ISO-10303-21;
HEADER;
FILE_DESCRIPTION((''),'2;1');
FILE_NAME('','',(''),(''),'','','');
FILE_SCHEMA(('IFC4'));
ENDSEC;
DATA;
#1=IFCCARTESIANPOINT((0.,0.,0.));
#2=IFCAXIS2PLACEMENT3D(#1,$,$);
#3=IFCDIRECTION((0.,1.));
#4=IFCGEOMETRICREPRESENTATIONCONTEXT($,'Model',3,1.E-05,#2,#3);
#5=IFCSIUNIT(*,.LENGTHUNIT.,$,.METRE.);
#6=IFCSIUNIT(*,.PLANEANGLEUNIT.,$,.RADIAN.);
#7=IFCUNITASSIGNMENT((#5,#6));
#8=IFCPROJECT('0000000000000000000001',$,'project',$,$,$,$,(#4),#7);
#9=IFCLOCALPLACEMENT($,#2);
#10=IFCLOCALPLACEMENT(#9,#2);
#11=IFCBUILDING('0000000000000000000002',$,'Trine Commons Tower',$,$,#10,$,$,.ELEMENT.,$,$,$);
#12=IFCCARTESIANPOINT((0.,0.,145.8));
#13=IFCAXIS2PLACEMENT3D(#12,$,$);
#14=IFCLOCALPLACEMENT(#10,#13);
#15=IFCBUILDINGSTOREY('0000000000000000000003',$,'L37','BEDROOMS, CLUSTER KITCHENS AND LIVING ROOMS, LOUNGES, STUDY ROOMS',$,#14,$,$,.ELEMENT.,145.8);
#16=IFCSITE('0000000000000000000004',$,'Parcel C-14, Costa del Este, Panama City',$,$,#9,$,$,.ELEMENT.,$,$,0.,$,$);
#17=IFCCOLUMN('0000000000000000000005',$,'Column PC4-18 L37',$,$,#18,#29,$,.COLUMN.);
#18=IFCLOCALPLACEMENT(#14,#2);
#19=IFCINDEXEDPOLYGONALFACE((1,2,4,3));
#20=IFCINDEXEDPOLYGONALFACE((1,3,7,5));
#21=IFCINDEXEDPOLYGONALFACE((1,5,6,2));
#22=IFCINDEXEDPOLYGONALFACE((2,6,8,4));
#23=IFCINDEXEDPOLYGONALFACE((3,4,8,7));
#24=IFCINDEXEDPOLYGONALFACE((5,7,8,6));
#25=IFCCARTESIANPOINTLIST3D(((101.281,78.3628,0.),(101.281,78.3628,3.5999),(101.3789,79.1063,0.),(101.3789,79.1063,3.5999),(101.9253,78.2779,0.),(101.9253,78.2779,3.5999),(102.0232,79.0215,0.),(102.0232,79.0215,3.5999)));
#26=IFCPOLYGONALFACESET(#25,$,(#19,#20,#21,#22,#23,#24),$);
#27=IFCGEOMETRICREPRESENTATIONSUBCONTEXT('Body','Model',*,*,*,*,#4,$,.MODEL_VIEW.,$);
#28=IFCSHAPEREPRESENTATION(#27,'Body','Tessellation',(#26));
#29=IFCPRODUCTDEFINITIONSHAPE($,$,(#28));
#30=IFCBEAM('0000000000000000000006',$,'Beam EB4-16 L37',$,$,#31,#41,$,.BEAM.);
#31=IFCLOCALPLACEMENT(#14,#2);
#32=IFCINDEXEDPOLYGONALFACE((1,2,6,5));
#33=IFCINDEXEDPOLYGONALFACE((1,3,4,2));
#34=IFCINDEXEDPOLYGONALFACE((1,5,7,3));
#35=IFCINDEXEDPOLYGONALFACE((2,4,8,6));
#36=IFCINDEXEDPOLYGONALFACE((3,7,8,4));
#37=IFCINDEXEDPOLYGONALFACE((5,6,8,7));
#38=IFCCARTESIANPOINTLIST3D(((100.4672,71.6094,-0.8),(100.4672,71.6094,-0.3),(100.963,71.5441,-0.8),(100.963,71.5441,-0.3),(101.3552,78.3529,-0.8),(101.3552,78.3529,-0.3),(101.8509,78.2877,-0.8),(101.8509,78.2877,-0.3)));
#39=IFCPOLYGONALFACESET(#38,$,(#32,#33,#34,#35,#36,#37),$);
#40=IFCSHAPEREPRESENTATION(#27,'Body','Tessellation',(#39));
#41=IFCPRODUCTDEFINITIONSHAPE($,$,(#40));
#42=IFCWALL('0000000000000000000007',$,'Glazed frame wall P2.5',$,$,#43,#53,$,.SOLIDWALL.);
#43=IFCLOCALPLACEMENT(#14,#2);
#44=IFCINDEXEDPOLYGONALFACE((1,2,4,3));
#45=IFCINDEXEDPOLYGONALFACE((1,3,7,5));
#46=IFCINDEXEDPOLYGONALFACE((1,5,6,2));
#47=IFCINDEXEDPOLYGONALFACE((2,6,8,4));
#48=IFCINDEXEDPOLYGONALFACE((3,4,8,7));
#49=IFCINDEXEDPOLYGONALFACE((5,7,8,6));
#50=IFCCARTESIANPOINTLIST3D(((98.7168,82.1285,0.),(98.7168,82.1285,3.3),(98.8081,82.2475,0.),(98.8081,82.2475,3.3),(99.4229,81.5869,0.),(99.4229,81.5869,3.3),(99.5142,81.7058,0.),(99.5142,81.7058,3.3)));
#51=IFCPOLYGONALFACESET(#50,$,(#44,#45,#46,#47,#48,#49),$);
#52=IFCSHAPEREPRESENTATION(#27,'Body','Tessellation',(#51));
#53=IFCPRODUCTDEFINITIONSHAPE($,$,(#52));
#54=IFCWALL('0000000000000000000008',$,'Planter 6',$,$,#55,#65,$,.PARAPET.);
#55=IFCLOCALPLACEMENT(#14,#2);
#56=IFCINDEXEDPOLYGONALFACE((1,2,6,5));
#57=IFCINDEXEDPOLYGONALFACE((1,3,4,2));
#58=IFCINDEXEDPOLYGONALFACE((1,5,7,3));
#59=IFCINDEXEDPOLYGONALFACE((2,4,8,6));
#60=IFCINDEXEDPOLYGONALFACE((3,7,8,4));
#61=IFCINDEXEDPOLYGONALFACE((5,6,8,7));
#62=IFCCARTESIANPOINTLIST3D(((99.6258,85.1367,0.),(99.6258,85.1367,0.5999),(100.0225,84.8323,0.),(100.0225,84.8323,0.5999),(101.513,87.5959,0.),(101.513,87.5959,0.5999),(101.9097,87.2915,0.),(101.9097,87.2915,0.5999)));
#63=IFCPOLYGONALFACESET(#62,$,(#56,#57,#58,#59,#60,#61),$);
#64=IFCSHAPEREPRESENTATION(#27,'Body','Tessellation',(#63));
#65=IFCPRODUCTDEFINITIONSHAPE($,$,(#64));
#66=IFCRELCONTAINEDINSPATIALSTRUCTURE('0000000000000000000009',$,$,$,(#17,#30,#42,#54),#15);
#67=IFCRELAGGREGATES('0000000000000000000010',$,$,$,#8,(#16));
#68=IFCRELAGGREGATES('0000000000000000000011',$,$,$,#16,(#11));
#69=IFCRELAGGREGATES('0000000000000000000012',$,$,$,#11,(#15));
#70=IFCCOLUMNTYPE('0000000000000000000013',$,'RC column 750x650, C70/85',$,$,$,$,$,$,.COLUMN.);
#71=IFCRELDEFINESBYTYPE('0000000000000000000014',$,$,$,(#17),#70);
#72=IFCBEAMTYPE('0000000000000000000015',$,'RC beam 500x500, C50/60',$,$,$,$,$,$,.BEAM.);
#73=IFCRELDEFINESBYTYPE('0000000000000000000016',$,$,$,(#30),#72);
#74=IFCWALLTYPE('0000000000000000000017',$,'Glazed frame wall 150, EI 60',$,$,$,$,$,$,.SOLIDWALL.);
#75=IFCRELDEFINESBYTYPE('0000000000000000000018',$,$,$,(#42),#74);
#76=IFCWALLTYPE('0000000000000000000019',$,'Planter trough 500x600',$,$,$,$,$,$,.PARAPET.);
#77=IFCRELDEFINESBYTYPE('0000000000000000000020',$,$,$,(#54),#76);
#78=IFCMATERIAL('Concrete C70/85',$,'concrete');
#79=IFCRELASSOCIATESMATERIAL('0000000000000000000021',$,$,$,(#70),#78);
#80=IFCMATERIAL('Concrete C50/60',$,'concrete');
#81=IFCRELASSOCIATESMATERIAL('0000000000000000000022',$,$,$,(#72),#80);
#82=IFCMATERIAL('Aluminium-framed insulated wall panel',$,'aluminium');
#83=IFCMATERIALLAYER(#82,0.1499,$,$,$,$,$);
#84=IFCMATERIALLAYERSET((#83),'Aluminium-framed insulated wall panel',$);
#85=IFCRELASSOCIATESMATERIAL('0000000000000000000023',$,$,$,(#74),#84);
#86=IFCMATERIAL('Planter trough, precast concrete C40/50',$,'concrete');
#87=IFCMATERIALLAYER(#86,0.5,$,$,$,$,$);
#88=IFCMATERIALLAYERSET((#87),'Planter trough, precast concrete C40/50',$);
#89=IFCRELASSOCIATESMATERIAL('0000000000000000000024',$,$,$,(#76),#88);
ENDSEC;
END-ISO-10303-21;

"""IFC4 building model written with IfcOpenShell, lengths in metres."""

from ifc_helpers import new_model, si_unit, direction, frame, frame_2d, origin, origin_2d, place, context, subcontext, project, spatial, polyline, rectangle, outline, extrude, material, layer, layer_set, material_profile, profile_set, type_object, element, save


model = new_model("IFC4")

# Units and contexts
model_context = context("Model", 3, precision=1e-05, world=origin(), true_north=direction((0.0, 1.0)))
body_context = subcontext(model_context, "Body", "Model", "MODEL_VIEW")
ifc_project = project(units=[si_unit("LENGTHUNIT", "METRE"), si_unit("PLANEANGLEUNIT", "RADIAN")], contexts=[model_context])

# Site, building, storey
site_placement = place(None, origin())
site = spatial("IfcSite", under=ifc_project, at=site_placement, Name="Parcel C-14, Costa del Este, Panama City", CompositionType="ELEMENT", RefElevation=0.0)
building_placement = place(site_placement, origin())
building = spatial("IfcBuilding", under=site, at=building_placement, Name="Trine Commons Tower", CompositionType="ELEMENT")
storey_placement = place(building_placement, frame((0.0, 0.0, 145.8)))
storey = spatial("IfcBuildingStorey", under=building, at=storey_placement, Name="L37", Description="BEDROOMS, CLUSTER KITCHENS AND LIVING ROOMS, LOUNGES, STUDY ROOMS", CompositionType="ELEMENT", Elevation=145.8)

# Column
ifc_material_1 = material(Name="Concrete C70/85", Category="concrete")
ifc_material_profile_1 = material_profile(ifc_material_1, rectangle(XDim=0.75, YDim=0.6499, at=origin_2d()), Name="RC 750x650")
ifc_profile_set_1 = profile_set([ifc_material_profile_1], Name="Concrete C70/85")
column_type = type_object("IfcColumnType", Name="RC column 750x650, C70/85", PredefinedType="COLUMN", material=ifc_profile_set_1)
column_placement = place(storey_placement, frame((101.6521, 78.6921, 0.0), z_axis=(0.0, 0.0, 1.0), x_axis=(0.130526, 0.991445, 0.0)))
element("IfcColumn", 1, at=column_placement, inside=storey, type_object=column_type, Name="Column PC4-18 L37", PredefinedType="COLUMN", context=body_context, shape_type="SweptSolid", body=[
    extrude(rectangle(XDim=0.75, YDim=0.6499, at=origin_2d()), origin(), (0.0, 0.0, 1.0), 3.5999),
])

# Beam
ifc_material_2 = material(Name="Concrete C50/60", Category="concrete")
ifc_material_profile_2 = material_profile(ifc_material_2, rectangle(XDim=0.5, YDim=0.5, at=origin_2d()), Name="RC 500x500")
ifc_profile_set_2 = profile_set([ifc_material_profile_2], Name="Concrete C50/60")
beam_type = type_object("IfcBeamType", Name="RC beam 500x500, C50/60", PredefinedType="BEAM", material=ifc_profile_set_2)
beam_placement = place(storey_placement, frame((101.603, 78.3203, -0.55), z_axis=(-0.130544, -0.991443, 0.0), x_axis=(0.991443, -0.130544, 0.0)))
element("IfcBeam", 2, at=beam_placement, inside=storey, type_object=beam_type, Name="Beam EB4-16 L37", PredefinedType="BEAM", context=body_context, shape_type="SweptSolid", body=[
    extrude(rectangle(XDim=0.5, YDim=0.5, at=origin_2d()), origin(), (0.0, 0.0, 1.0), 6.8018),
])

# Wall
ifc_material_3 = material(Name="Aluminium-framed insulated wall panel", Category="aluminium")
ifc_layer_1 = layer(ifc_material_3, 0.1499)
ifc_layer_set_1 = layer_set([ifc_layer_1], Name="Aluminium-framed insulated wall panel")
wall_type_1 = type_object("IfcWallType", Name="Glazed frame wall 150, EI 60", PredefinedType="SOLIDWALL", material=ifc_layer_set_1)
wall_1_placement = place(storey_placement, frame((98.7625, 82.188, 0.0), z_axis=(0.0, 0.0, 1.0), x_axis=(0.793449, -0.608637, 0.0)))
element("IfcWall", 3, at=wall_1_placement, inside=storey, type_object=wall_type_1, Name="Glazed frame wall P2.5", PredefinedType="SOLIDWALL", context=body_context, shape_type="SweptSolid", body=[
    extrude(outline(polyline([(0.8899, 0.075), (0.0, 0.075), (0.0, -0.075), (0.8899, -0.075), (0.8899, 0.075)])), origin(), (0.0, 0.0, 1.0), 3.3),
])

# Wall
ifc_material_4 = material(Name="Planter trough, precast concrete C40/50", Category="concrete")
ifc_layer_2 = layer(ifc_material_4, 0.5)
ifc_layer_set_2 = layer_set([ifc_layer_2], Name="Planter trough, precast concrete C40/50")
wall_type_2 = type_object("IfcWallType", Name="Planter trough 500x600", PredefinedType="PARAPET", material=ifc_layer_set_2)
wall_2_placement = place(storey_placement, frame((99.8242, 84.9846, 0.0), z_axis=(0.0, 0.0, 1.0), x_axis=(0.608797, 0.793326, 0.0)))
element("IfcWall", 4, at=wall_2_placement, inside=storey, type_object=wall_type_2, Name="Planter 6", PredefinedType="PARAPET", context=body_context, shape_type="SweptSolid", body=[
    extrude(rectangle(XDim=3.0999, YDim=0.5, at=frame_2d((1.5498, 0.0))), origin(), (0.0, 0.0, 1.0), 0.5999),
])

save(model, "model.ifc")
